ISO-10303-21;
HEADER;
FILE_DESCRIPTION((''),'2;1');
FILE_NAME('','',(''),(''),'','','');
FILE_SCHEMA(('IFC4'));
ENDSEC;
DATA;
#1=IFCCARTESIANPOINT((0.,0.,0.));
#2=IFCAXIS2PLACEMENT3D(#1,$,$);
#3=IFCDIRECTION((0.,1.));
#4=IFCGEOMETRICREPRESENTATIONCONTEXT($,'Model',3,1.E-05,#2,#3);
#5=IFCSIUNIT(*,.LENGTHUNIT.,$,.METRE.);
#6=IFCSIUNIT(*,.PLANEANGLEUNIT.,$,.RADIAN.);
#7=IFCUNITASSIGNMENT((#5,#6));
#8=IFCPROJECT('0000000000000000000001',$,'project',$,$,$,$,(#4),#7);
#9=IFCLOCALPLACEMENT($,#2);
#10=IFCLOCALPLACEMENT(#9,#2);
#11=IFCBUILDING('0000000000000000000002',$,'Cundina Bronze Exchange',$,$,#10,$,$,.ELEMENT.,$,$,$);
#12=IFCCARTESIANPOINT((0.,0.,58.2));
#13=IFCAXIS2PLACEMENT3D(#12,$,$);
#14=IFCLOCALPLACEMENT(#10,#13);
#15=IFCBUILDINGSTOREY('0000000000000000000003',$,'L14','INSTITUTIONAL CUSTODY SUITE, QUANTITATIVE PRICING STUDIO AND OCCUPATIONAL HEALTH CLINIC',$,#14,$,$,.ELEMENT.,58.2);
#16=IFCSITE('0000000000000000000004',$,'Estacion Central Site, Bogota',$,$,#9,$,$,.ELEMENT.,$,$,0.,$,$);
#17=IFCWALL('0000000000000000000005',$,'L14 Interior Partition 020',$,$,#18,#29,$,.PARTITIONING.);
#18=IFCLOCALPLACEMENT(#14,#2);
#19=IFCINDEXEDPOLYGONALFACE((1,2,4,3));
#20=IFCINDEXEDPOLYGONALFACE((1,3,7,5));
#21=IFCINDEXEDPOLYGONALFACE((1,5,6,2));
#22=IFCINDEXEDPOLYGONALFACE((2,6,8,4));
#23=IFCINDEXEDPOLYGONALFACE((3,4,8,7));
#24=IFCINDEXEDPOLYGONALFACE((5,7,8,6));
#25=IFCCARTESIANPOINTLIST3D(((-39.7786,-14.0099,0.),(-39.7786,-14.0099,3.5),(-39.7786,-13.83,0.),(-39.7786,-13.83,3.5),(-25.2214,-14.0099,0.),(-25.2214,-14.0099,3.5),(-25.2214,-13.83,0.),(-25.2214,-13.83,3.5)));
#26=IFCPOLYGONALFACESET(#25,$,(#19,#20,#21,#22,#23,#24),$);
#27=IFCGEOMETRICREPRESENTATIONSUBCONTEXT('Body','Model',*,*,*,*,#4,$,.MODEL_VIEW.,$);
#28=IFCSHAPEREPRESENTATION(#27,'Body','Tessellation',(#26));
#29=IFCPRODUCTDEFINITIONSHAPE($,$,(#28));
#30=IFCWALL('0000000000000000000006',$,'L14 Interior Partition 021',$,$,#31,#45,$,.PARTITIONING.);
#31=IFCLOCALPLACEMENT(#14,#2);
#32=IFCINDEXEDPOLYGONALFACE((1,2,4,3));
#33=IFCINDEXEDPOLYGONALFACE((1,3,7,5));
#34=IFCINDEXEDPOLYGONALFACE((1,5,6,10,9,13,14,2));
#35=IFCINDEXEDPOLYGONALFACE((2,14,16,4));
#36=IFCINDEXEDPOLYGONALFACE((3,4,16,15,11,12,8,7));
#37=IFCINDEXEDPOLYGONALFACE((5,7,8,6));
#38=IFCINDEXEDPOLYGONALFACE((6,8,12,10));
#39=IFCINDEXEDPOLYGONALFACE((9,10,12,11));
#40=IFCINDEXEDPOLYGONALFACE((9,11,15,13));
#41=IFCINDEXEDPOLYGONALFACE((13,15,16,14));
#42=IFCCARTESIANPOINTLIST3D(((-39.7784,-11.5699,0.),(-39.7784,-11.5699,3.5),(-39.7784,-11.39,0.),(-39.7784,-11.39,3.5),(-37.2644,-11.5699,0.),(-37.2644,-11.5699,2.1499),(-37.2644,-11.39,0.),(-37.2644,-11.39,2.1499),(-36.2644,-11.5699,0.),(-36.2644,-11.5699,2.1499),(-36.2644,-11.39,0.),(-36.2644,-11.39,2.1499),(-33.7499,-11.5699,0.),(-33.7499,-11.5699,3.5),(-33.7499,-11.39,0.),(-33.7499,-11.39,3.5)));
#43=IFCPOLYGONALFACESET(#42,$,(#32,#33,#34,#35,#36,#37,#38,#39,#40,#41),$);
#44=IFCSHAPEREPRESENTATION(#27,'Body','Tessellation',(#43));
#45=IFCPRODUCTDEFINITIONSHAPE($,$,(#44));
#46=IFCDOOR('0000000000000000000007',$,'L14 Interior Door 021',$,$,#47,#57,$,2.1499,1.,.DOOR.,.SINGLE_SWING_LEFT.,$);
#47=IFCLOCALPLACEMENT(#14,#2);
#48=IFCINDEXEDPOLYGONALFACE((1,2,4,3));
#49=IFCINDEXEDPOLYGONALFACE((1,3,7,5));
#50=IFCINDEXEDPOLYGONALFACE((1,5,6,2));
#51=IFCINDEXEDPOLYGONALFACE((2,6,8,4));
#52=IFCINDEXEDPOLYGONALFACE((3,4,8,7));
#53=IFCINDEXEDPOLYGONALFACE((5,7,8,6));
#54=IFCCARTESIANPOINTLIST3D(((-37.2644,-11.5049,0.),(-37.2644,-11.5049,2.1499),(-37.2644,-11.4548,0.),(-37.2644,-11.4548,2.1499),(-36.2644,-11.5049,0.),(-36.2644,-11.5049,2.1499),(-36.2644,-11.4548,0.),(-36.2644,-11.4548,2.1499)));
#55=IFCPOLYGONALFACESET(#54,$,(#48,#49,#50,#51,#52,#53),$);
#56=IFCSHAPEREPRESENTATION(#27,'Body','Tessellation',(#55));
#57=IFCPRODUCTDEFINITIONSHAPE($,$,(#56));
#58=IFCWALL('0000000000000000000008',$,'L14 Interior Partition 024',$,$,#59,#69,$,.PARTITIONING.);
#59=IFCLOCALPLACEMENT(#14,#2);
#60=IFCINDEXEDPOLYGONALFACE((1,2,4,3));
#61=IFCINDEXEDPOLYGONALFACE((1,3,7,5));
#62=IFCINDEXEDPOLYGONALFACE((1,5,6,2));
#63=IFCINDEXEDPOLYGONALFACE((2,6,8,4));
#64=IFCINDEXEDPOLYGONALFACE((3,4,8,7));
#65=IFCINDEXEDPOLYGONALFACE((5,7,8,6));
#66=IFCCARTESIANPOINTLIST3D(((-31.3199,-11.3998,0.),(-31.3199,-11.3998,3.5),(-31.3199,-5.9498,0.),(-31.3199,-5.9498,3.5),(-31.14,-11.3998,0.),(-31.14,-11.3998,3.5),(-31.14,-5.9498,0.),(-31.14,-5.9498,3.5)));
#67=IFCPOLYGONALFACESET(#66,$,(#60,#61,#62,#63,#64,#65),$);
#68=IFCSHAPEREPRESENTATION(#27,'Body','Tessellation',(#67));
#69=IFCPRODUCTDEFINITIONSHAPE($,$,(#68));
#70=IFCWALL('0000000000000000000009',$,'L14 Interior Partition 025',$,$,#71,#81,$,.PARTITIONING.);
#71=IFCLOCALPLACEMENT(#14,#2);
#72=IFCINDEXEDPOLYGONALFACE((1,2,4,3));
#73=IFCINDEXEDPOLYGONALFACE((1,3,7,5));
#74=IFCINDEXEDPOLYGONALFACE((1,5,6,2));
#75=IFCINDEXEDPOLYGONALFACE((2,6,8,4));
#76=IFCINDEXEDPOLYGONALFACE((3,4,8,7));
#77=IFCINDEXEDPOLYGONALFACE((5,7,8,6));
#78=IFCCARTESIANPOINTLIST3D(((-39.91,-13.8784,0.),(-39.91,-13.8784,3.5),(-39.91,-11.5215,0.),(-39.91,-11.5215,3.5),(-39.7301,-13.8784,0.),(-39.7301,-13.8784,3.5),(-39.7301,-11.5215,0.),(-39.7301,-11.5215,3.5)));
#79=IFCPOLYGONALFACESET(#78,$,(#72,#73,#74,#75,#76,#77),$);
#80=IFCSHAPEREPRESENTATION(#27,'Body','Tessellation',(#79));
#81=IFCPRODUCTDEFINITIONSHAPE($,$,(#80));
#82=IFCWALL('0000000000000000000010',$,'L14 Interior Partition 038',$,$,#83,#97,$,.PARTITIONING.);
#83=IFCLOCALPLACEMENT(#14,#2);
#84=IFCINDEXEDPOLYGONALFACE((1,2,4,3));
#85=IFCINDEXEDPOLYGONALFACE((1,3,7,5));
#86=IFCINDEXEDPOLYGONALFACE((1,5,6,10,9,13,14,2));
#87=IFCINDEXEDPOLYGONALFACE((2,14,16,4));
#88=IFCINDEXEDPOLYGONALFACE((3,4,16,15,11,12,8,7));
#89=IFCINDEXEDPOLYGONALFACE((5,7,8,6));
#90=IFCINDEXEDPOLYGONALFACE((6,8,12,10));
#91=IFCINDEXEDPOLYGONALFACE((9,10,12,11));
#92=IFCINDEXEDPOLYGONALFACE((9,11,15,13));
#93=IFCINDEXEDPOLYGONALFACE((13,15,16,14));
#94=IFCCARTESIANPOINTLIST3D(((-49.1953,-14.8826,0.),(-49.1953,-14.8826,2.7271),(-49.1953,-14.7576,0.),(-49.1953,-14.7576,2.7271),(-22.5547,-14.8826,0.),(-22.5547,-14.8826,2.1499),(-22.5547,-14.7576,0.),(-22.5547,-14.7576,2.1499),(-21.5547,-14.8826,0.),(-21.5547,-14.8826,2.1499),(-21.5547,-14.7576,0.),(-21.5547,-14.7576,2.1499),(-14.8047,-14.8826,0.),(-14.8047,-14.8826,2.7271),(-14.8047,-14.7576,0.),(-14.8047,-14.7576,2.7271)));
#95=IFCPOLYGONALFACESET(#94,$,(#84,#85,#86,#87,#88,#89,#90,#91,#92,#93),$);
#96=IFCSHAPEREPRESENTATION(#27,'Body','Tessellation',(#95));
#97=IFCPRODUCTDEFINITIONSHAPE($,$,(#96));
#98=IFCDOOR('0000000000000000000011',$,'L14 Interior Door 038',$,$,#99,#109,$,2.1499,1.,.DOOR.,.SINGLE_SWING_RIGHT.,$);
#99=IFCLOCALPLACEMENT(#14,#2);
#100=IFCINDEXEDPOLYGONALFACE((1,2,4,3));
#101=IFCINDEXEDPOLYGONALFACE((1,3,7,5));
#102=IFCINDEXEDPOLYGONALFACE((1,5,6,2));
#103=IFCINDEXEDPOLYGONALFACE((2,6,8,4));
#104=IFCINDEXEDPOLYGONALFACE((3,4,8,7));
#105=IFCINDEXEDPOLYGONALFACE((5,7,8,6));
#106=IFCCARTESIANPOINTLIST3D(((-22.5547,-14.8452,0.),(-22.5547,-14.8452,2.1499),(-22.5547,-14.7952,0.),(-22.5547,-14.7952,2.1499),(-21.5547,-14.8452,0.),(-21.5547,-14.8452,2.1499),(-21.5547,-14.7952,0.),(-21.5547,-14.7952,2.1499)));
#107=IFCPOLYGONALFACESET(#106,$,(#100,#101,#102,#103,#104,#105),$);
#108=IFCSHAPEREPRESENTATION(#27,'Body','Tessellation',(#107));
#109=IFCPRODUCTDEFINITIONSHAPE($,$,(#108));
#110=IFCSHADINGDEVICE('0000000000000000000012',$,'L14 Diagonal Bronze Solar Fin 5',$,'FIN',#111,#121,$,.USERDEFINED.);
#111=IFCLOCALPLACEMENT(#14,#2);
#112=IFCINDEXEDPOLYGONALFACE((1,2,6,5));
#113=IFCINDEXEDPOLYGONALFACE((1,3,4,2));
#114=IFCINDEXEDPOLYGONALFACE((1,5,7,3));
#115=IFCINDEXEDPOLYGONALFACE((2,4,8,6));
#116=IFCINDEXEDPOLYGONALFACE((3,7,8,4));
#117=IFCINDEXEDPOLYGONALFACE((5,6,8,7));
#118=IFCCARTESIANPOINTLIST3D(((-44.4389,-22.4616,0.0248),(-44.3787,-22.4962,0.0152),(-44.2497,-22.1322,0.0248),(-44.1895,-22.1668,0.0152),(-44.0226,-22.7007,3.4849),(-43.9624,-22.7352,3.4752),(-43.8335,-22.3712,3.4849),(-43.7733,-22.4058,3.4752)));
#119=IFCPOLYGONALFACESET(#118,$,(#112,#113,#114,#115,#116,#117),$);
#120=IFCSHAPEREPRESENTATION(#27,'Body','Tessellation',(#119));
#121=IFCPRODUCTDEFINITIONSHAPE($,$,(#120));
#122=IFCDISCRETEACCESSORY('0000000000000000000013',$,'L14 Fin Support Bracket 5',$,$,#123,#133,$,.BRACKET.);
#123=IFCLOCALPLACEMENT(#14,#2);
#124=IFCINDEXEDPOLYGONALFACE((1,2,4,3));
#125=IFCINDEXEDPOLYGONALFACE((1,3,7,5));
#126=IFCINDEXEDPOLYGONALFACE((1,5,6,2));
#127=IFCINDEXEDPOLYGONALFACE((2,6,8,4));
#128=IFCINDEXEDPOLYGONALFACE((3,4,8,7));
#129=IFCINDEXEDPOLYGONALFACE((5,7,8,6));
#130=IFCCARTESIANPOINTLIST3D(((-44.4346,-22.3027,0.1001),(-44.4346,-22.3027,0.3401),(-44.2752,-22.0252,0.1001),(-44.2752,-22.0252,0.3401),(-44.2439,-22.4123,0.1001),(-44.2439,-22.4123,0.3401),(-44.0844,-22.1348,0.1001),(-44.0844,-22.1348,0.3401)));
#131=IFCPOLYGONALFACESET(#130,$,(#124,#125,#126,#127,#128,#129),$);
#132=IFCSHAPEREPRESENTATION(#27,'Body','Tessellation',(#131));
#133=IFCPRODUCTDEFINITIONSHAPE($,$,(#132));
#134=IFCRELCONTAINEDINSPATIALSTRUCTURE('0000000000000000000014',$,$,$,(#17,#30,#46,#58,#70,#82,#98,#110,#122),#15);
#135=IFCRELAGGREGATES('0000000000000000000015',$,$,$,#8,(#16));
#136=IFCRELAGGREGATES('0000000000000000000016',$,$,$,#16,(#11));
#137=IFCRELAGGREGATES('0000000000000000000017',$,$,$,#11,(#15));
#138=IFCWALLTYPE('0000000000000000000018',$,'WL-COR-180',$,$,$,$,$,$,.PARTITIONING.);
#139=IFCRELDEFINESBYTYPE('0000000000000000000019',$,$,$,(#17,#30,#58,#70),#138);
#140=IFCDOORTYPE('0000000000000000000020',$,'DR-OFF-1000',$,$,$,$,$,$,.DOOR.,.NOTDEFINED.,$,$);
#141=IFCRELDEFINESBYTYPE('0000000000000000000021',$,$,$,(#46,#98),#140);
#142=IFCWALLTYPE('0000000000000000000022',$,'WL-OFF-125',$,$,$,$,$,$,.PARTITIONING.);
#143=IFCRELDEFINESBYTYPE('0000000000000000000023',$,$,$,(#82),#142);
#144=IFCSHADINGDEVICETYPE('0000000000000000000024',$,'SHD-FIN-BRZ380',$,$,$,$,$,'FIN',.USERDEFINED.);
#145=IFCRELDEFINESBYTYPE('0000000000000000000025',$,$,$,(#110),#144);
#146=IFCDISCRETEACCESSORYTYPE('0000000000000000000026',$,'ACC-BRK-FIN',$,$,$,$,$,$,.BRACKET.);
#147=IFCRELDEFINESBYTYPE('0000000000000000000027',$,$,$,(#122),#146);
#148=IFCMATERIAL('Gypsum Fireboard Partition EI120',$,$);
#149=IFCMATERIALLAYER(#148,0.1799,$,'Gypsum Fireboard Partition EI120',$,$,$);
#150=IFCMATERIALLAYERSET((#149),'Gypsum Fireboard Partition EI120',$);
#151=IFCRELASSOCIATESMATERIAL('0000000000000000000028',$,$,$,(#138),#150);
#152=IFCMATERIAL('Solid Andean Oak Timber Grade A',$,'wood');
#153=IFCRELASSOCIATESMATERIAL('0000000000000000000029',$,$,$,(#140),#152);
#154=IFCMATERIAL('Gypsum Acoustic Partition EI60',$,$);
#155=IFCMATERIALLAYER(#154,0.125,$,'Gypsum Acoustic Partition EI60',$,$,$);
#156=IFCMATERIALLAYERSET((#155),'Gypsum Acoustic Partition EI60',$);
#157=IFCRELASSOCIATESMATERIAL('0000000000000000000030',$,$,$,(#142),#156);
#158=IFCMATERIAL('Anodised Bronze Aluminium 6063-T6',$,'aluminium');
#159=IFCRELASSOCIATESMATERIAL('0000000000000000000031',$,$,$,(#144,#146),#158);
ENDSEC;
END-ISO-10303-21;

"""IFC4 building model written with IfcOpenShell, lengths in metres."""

from ifc_helpers import new_model, si_unit, direction, frame, frame_2d, origin, origin_2d, place, context, subcontext, project, spatial, rectangle, extrude, material, layer, layer_set, material_profile, profile_set, type_object, element, fill, save


model = new_model("IFC4")

# Units and contexts
model_context = context("Model", 3, precision=1e-05, world=origin(), true_north=direction((0.0, 1.0)))
body_context = subcontext(model_context, "Body", "Model", "MODEL_VIEW")
ifc_project = project(units=[si_unit("LENGTHUNIT", "METRE"), si_unit("PLANEANGLEUNIT", "RADIAN")], contexts=[model_context])

# Site, building, storey
site_placement = place(None, origin())
site = spatial("IfcSite", under=ifc_project, at=site_placement, Name="Estacion Central Site, Bogota", CompositionType="ELEMENT", RefElevation=0.0)
building_placement = place(site_placement, origin())
building = spatial("IfcBuilding", under=site, at=building_placement, Name="Cundina Bronze Exchange", CompositionType="ELEMENT")
storey_placement = place(building_placement, frame((0.0, 0.0, 58.2)))
storey = spatial("IfcBuildingStorey", under=building, at=storey_placement, Name="L14", Description="INSTITUTIONAL CUSTODY SUITE, QUANTITATIVE PRICING STUDIO AND OCCUPATIONAL HEALTH CLINIC", CompositionType="ELEMENT", Elevation=58.2)

# Shared definitions
ifc_material_1 = material(Name="Anodised Bronze Aluminium 6063-T6", Category="aluminium")

# Wall
ifc_material_2 = material(Name="Gypsum Fireboard Partition EI120")
ifc_layer_1 = layer(ifc_material_2, 0.1799, Name="Gypsum Fireboard Partition EI120")
ifc_layer_set_1 = layer_set([ifc_layer_1], Name="Gypsum Fireboard Partition EI120")
wall_type_1 = type_object("IfcWallType", Name="WL-COR-180", PredefinedType="PARTITIONING", material=ifc_layer_set_1)
wall_1_placement = place(storey_placement, frame((-39.7786, -13.9199, 0.0), z_axis=(0.0, 0.0, 1.0), x_axis=(1.0, 0.0, 0.0)))
element("IfcWall", 1, at=wall_1_placement, inside=storey, type_object=wall_type_1, Name="L14 Interior Partition 020", PredefinedType="PARTITIONING", context=body_context, shape_type="SweptSolid", body=[
    extrude(rectangle(XDim=14.5571, YDim=0.1799, at=frame_2d((7.2786, 0.0))), origin(), (0.0, 0.0, 1.0), 3.5),
])

# Wall, opening, door
wall_2_placement = place(storey_placement, frame((-33.75, -11.48, 0.0), z_axis=(0.0, 0.0, 1.0), x_axis=(-1.0, 0.0, 0.0)))
wall_2 = element("IfcWall", 2, at=wall_2_placement, inside=storey, type_object=wall_type_1, Name="L14 Interior Partition 021", PredefinedType="PARTITIONING", context=body_context, shape_type="SweptSolid", body=[
    extrude(rectangle(XDim=6.0286, YDim=0.1799, at=frame_2d((3.0142, 0.0))), origin(), (0.0, 0.0, 1.0), 3.5),
])
opening_1_placement = place(wall_2_placement, frame((2.5144, 0.0, 0.0)))
opening_1 = element("IfcOpeningElement", 3, at=opening_1_placement, cuts=wall_2, PredefinedType="OPENING", context=body_context, shape_type="SweptSolid", body=[
    extrude(rectangle(XDim=1.0, YDim=2.1499, at=frame_2d((0.5, 1.075))), frame((0.0, 0.0999, 0.0), z_axis=(0.0, -1.0, 0.0), x_axis=(1.0, 0.0, 0.0)), (0.0, 0.0, 1.0), 0.2),
])
ifc_material_3 = material(Name="Solid Andean Oak Timber Grade A", Category="wood")
door_type = type_object("IfcDoorType", Name="DR-OFF-1000", OperationType="NOTDEFINED", PredefinedType="DOOR", material=ifc_material_3)
door_1_placement = place(opening_1_placement, origin())
door_1 = element("IfcDoor", 4, at=door_1_placement, inside=storey, type_object=door_type, Name="L14 Interior Door 021", OperationType="SINGLE_SWING_LEFT", OverallHeight=2.1499, OverallWidth=1.0, PredefinedType="DOOR", context=body_context, shape_type="SweptSolid", body=[
    extrude(rectangle(XDim=1.0, YDim=2.1499, at=frame_2d((0.5, 1.075))), frame((0.0, 0.0249, 0.0), z_axis=(0.0, -1.0, 0.0), x_axis=(1.0, 0.0, 0.0)), (0.0, 0.0, 1.0), 0.05),
])
fill(opening_1, door_1)

# Walls
wall_3_placement = place(storey_placement, frame((-31.23, -11.3999, 0.0), z_axis=(0.0, 0.0, 1.0), x_axis=(0.0, 1.0, 0.0)))
element("IfcWall", 5, at=wall_3_placement, inside=storey, type_object=wall_type_1, Name="L14 Interior Partition 024", PredefinedType="PARTITIONING", context=body_context, shape_type="SweptSolid", body=[
    extrude(rectangle(XDim=5.45, YDim=0.1799, at=frame_2d((2.7251, 0.0))), origin(), (0.0, 0.0, 1.0), 3.5),
])
wall_4_placement = place(storey_placement, frame((-39.8201, -11.5215, 0.0), z_axis=(0.0, 0.0, 1.0), x_axis=(0.0, -1.0, 0.0)))
element("IfcWall", 6, at=wall_4_placement, inside=storey, type_object=wall_type_1, Name="L14 Interior Partition 025", PredefinedType="PARTITIONING", context=body_context, shape_type="SweptSolid", body=[
    extrude(rectangle(XDim=2.3569, YDim=0.1799, at=frame_2d((1.1785, 0.0))), origin(), (0.0, 0.0, 1.0), 3.5),
])

# Wall, opening, door
ifc_material_4 = material(Name="Gypsum Acoustic Partition EI60")
ifc_layer_2 = layer(ifc_material_4, 0.125, Name="Gypsum Acoustic Partition EI60")
ifc_layer_set_2 = layer_set([ifc_layer_2], Name="Gypsum Acoustic Partition EI60")
wall_type_2 = type_object("IfcWallType", Name="WL-OFF-125", PredefinedType="PARTITIONING", material=ifc_layer_set_2)
wall_5_placement = place(storey_placement, frame((-49.1953, -14.8201, 0.0), z_axis=(0.0, 0.0, 1.0), x_axis=(1.0, 0.0, 0.0)))
wall_5 = element("IfcWall", 7, at=wall_5_placement, inside=storey, type_object=wall_type_2, Name="L14 Interior Partition 038", PredefinedType="PARTITIONING", context=body_context, shape_type="SweptSolid", body=[
    extrude(rectangle(XDim=34.3906, YDim=0.125, at=frame_2d((17.1953, 0.0))), origin(), (0.0, 0.0, 1.0), 2.7271),
])
opening_2_placement = place(wall_5_placement, frame((26.6406, 0.0, 0.0)))
opening_2 = element("IfcOpeningElement", 8, at=opening_2_placement, cuts=wall_5, PredefinedType="OPENING", context=body_context, shape_type="SweptSolid", body=[
    extrude(rectangle(XDim=1.0, YDim=2.1499, at=frame_2d((0.5, 1.075))), frame((0.0, 0.0725, 0.0), z_axis=(0.0, -1.0, 0.0), x_axis=(1.0, 0.0, 0.0)), (0.0, 0.0, 1.0), 0.145),
])
door_2_placement = place(opening_2_placement, origin())
door_2 = element("IfcDoor", 9, at=door_2_placement, inside=storey, type_object=door_type, Name="L14 Interior Door 038", OperationType="SINGLE_SWING_RIGHT", OverallHeight=2.1499, OverallWidth=1.0, PredefinedType="DOOR", context=body_context, shape_type="SweptSolid", body=[
    extrude(rectangle(XDim=1.0, YDim=2.1499, at=frame_2d((0.5, 1.075))), frame((0.0, 0.0249, 0.0), z_axis=(0.0, -1.0, 0.0), x_axis=(1.0, 0.0, 0.0)), (0.0, 0.0, 1.0), 0.05),
])
fill(opening_2, door_2)

# Shading device
ifc_material_profile_1 = material_profile(ifc_material_1, rectangle(XDim=0.0701, YDim=0.3799, at=origin_2d()), Name="FIN70X380", Category="aluminium")
ifc_profile_set_1 = profile_set([ifc_material_profile_1], Name="Anodised Bronze Aluminium 6063-T6")
shading_device_type = type_object("IfcShadingDeviceType", Name="SHD-FIN-BRZ380", ElementType="FIN", PredefinedType="USERDEFINED", material=ifc_profile_set_1)
shading_device_placement = place(storey_placement, frame((-44.3142, -22.3142, 0.02), z_axis=(0.119166, -0.068425, 0.990514), x_axis=(-0.858982, 0.493222, 0.137414)))
element("IfcShadingDevice", 10, at=shading_device_placement, inside=storey, type_object=shading_device_type, Name="L14 Diagonal Bronze Solar Fin 5", ObjectType="FIN", PredefinedType="USERDEFINED", context=body_context, shape_type="SweptSolid", body=[
    extrude(rectangle(XDim=0.0701, YDim=0.3799, at=origin_2d()), origin(), (0.0, 0.0, 1.0), 3.4932),
])

# Discrete accessory
discrete_accessory_type = type_object("IfcDiscreteAccessoryType", Name="ACC-BRK-FIN", PredefinedType="BRACKET", material=ifc_material_1)
discrete_accessory_placement = place(storey_placement, frame((-44.2595, -22.2188, 0.1001), z_axis=(0.0, 0.0, 1.0), x_axis=(0.867105, -0.498125, 0.0)))
element("IfcDiscreteAccessory", 11, at=discrete_accessory_placement, inside=storey, type_object=discrete_accessory_type, Name="L14 Fin Support Bracket 5", PredefinedType="BRACKET", context=body_context, shape_type="SweptSolid", body=[
    extrude(rectangle(XDim=0.22, YDim=0.3201, at=origin_2d()), origin(), (0.0, 0.0, 1.0), 0.24),
])

save(model, "model.ifc")
